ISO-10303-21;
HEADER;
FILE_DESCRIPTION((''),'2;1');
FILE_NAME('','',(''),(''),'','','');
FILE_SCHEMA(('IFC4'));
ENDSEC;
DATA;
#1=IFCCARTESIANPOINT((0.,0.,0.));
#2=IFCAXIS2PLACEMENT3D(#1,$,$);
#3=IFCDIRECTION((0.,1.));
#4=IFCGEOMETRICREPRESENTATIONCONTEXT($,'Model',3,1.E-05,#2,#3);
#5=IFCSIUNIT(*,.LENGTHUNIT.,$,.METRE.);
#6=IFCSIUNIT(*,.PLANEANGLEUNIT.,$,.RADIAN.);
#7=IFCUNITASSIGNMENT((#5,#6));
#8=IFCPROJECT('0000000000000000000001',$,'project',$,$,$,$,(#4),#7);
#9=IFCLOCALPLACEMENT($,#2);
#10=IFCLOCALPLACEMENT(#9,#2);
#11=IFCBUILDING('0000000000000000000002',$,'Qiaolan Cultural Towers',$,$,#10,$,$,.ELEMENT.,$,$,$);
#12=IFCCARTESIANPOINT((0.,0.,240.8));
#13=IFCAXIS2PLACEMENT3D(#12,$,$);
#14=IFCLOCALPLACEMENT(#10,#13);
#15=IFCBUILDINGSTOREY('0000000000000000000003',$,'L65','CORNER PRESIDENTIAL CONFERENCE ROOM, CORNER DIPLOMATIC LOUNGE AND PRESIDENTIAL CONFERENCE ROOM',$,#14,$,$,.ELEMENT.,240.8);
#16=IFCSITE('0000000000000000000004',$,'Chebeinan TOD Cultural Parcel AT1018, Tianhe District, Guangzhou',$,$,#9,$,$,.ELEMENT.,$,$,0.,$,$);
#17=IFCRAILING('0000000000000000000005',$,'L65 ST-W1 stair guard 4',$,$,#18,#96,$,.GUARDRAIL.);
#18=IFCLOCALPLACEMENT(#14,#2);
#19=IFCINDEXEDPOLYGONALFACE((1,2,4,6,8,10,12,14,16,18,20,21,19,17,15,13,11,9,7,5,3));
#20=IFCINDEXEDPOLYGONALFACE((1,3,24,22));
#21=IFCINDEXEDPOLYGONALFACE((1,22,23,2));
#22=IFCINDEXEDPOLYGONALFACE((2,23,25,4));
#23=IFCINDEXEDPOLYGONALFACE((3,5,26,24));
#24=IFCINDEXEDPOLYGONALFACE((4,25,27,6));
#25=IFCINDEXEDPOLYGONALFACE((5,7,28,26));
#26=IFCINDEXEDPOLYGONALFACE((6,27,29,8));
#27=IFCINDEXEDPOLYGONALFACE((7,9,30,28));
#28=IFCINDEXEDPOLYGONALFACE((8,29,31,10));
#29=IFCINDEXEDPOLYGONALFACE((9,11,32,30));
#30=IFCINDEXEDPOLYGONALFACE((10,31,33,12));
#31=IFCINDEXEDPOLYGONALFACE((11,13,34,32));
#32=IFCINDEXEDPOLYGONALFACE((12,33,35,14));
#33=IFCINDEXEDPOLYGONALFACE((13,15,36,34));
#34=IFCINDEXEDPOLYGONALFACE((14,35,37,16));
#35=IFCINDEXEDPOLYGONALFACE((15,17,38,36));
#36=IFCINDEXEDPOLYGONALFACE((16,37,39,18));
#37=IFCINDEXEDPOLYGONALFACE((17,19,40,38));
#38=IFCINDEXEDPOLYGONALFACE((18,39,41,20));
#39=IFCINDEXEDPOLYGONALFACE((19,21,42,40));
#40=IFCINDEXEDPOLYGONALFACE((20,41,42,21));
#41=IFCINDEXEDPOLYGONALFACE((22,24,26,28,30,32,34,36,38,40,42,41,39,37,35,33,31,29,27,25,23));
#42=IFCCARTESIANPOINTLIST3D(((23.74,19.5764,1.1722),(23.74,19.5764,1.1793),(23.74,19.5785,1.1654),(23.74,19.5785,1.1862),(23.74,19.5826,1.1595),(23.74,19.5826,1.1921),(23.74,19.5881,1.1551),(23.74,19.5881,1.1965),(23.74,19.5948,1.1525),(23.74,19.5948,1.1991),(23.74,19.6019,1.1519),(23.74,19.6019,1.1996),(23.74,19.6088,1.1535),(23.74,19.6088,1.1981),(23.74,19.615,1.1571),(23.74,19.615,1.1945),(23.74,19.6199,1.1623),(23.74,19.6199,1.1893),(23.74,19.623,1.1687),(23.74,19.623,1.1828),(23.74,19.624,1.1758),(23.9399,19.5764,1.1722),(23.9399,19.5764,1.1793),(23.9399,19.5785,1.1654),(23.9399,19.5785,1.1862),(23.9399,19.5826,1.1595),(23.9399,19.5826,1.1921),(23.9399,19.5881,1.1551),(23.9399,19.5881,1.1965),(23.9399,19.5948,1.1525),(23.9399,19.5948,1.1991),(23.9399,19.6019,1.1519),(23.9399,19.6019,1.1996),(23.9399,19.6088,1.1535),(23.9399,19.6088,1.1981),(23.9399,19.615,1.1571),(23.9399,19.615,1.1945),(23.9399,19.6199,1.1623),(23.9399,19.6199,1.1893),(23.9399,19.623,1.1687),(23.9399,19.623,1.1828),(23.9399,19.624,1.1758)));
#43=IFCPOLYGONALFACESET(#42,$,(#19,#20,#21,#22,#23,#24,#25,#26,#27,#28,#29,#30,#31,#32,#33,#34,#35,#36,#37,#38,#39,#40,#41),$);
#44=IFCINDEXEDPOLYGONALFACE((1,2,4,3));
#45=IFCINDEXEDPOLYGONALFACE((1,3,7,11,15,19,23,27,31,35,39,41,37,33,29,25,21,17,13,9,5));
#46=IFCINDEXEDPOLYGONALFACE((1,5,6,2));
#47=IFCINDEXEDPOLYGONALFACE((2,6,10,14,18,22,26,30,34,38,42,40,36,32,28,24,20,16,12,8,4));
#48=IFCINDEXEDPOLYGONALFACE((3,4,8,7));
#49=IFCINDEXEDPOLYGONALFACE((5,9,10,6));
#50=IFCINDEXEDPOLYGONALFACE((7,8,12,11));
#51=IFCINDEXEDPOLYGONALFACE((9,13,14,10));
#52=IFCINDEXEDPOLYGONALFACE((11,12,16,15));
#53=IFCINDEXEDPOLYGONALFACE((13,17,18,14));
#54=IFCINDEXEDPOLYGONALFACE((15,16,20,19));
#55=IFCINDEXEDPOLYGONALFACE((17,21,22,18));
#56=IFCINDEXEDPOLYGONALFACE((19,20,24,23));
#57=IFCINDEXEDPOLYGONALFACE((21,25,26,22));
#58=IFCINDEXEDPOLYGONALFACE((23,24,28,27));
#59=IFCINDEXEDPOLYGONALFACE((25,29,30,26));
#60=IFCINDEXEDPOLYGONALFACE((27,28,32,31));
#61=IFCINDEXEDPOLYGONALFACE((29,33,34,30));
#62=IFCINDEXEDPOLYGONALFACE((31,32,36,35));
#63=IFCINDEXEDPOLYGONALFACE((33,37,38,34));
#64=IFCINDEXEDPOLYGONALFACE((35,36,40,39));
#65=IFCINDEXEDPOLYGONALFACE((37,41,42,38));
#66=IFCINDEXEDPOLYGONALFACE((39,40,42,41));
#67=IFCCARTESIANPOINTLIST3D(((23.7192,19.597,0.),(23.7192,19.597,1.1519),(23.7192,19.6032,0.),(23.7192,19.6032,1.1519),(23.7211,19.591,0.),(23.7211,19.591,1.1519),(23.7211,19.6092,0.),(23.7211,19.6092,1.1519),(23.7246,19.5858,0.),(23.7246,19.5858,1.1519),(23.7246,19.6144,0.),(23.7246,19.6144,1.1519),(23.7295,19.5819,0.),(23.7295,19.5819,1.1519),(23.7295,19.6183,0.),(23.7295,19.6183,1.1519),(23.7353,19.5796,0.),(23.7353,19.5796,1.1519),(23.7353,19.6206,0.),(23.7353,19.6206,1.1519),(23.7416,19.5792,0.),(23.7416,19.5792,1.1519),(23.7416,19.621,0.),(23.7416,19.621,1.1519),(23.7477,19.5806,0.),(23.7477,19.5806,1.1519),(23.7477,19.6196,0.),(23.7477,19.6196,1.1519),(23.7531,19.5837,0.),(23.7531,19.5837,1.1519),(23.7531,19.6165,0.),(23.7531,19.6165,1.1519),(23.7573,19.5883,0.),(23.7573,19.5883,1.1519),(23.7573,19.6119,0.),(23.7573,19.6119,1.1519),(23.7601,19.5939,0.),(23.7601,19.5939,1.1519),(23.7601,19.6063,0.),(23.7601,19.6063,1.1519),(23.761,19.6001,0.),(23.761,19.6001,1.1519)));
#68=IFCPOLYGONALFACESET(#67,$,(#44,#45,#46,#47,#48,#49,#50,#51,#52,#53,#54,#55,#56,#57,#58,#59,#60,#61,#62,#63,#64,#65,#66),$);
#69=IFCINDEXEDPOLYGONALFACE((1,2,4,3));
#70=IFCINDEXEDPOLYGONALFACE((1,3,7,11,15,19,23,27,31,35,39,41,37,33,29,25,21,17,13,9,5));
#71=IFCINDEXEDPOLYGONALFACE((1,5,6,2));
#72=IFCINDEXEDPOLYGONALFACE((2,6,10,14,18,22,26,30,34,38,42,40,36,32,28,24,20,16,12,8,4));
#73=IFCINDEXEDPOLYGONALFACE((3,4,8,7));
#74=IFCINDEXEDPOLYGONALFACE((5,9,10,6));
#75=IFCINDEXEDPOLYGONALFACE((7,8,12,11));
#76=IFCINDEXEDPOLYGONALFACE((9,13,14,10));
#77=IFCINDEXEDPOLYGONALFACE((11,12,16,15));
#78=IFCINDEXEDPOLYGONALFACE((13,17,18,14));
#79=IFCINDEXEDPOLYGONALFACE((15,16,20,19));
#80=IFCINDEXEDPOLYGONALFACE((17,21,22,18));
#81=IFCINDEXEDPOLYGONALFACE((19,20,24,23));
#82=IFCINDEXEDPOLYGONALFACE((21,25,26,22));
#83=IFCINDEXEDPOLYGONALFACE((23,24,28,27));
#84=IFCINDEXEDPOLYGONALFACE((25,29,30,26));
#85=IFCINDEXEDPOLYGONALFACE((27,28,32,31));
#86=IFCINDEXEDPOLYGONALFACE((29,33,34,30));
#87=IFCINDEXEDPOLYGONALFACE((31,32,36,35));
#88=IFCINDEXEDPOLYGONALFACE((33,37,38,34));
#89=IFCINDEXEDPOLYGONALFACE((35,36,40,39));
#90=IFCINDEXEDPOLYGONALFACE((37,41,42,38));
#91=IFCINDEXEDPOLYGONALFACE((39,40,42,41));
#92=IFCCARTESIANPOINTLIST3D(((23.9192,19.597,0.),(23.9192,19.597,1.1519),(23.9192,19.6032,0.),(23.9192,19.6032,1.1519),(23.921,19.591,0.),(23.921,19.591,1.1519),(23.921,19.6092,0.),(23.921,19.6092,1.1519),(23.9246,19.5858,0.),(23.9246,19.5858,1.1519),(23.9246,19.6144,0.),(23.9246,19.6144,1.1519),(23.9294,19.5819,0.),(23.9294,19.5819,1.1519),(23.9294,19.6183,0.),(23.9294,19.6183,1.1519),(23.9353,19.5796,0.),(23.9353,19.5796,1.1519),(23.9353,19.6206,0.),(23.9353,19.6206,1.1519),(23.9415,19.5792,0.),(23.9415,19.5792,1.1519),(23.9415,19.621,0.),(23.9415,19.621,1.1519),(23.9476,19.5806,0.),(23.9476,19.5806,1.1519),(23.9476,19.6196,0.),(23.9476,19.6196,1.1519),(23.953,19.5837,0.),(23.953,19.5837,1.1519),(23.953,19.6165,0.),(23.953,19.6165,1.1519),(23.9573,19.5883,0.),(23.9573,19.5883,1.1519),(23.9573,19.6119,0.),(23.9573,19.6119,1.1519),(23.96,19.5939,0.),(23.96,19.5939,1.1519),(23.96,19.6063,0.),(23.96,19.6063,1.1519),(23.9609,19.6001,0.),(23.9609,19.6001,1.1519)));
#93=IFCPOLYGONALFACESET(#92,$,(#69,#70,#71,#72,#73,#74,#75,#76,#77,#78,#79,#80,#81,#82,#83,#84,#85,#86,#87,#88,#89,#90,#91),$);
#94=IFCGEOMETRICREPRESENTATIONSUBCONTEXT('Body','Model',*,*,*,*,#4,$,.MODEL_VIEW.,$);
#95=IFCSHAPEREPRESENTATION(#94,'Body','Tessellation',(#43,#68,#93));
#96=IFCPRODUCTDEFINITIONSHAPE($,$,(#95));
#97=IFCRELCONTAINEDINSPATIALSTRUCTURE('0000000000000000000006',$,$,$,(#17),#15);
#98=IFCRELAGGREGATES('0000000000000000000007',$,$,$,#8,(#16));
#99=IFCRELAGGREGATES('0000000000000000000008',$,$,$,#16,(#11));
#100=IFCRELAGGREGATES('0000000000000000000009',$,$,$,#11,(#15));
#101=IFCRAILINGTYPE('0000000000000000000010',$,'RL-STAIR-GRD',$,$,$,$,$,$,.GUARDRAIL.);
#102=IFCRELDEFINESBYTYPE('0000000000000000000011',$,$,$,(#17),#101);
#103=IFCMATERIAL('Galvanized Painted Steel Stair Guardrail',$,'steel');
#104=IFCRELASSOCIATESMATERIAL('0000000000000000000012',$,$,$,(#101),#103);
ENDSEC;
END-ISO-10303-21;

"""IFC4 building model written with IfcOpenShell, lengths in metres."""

from ifc_helpers import new_model, si_unit, direction, frame, origin, origin_2d, place, context, subcontext, project, spatial, circle, extrude, material, type_object, element, save


model = new_model("IFC4")

# Units and contexts
model_context = context("Model", 3, precision=1e-05, world=origin(), true_north=direction((0.0, 1.0)))
body_context = subcontext(model_context, "Body", "Model", "MODEL_VIEW")
ifc_project = project(units=[si_unit("LENGTHUNIT", "METRE"), si_unit("PLANEANGLEUNIT", "RADIAN")], contexts=[model_context])

# Site, building, storey
site_placement = place(None, origin())
site = spatial("IfcSite", under=ifc_project, at=site_placement, Name="Chebeinan TOD Cultural Parcel AT1018, Tianhe District, Guangzhou", CompositionType="ELEMENT", RefElevation=0.0)
building_placement = place(site_placement, origin())
building = spatial("IfcBuilding", under=site, at=building_placement, Name="Qiaolan Cultural Towers", CompositionType="ELEMENT")
storey_placement = place(building_placement, frame((0.0, 0.0, 240.8)))
storey = spatial("IfcBuildingStorey", under=building, at=storey_placement, Name="L65", Description="CORNER PRESIDENTIAL CONFERENCE ROOM, CORNER DIPLOMATIC LOUNGE AND PRESIDENTIAL CONFERENCE ROOM", CompositionType="ELEMENT", Elevation=240.8)

# Railing
ifc_material_1 = material(Name="Galvanized Painted Steel Stair Guardrail", Category="steel")
railing_type_1 = type_object("IfcRailingType", Name="RL-STAIR-GRD", PredefinedType="GUARDRAIL", material=ifc_material_1)
railing_1_placement = place(storey_placement, frame((23.74, 19.6001, 0.0)))
element("IfcRailing", 1, at=railing_1_placement, inside=storey, type_object=railing_type_1, Name="L65 ST-W1 stair guard 4", PredefinedType="GUARDRAIL", context=body_context, shape_type="SweptSolid", body=[
    extrude(circle(Radius=0.0239, at=origin_2d()), frame((0.0, 0.0, 1.1758), z_axis=(1.0, 0.0, 0.0), x_axis=(0.0, 1.0, 0.0)), (0.0, 0.0, 1.0), 0.2),
    extrude(circle(Radius=0.021, at=origin_2d()), origin(), (0.0, 0.0, 1.0), 1.1519),
    extrude(circle(Radius=0.021, at=origin_2d()), frame((0.2, 0.0, 0.0)), (0.0, 0.0, 1.0), 1.1519),
])

save(model, "model.ifc")
